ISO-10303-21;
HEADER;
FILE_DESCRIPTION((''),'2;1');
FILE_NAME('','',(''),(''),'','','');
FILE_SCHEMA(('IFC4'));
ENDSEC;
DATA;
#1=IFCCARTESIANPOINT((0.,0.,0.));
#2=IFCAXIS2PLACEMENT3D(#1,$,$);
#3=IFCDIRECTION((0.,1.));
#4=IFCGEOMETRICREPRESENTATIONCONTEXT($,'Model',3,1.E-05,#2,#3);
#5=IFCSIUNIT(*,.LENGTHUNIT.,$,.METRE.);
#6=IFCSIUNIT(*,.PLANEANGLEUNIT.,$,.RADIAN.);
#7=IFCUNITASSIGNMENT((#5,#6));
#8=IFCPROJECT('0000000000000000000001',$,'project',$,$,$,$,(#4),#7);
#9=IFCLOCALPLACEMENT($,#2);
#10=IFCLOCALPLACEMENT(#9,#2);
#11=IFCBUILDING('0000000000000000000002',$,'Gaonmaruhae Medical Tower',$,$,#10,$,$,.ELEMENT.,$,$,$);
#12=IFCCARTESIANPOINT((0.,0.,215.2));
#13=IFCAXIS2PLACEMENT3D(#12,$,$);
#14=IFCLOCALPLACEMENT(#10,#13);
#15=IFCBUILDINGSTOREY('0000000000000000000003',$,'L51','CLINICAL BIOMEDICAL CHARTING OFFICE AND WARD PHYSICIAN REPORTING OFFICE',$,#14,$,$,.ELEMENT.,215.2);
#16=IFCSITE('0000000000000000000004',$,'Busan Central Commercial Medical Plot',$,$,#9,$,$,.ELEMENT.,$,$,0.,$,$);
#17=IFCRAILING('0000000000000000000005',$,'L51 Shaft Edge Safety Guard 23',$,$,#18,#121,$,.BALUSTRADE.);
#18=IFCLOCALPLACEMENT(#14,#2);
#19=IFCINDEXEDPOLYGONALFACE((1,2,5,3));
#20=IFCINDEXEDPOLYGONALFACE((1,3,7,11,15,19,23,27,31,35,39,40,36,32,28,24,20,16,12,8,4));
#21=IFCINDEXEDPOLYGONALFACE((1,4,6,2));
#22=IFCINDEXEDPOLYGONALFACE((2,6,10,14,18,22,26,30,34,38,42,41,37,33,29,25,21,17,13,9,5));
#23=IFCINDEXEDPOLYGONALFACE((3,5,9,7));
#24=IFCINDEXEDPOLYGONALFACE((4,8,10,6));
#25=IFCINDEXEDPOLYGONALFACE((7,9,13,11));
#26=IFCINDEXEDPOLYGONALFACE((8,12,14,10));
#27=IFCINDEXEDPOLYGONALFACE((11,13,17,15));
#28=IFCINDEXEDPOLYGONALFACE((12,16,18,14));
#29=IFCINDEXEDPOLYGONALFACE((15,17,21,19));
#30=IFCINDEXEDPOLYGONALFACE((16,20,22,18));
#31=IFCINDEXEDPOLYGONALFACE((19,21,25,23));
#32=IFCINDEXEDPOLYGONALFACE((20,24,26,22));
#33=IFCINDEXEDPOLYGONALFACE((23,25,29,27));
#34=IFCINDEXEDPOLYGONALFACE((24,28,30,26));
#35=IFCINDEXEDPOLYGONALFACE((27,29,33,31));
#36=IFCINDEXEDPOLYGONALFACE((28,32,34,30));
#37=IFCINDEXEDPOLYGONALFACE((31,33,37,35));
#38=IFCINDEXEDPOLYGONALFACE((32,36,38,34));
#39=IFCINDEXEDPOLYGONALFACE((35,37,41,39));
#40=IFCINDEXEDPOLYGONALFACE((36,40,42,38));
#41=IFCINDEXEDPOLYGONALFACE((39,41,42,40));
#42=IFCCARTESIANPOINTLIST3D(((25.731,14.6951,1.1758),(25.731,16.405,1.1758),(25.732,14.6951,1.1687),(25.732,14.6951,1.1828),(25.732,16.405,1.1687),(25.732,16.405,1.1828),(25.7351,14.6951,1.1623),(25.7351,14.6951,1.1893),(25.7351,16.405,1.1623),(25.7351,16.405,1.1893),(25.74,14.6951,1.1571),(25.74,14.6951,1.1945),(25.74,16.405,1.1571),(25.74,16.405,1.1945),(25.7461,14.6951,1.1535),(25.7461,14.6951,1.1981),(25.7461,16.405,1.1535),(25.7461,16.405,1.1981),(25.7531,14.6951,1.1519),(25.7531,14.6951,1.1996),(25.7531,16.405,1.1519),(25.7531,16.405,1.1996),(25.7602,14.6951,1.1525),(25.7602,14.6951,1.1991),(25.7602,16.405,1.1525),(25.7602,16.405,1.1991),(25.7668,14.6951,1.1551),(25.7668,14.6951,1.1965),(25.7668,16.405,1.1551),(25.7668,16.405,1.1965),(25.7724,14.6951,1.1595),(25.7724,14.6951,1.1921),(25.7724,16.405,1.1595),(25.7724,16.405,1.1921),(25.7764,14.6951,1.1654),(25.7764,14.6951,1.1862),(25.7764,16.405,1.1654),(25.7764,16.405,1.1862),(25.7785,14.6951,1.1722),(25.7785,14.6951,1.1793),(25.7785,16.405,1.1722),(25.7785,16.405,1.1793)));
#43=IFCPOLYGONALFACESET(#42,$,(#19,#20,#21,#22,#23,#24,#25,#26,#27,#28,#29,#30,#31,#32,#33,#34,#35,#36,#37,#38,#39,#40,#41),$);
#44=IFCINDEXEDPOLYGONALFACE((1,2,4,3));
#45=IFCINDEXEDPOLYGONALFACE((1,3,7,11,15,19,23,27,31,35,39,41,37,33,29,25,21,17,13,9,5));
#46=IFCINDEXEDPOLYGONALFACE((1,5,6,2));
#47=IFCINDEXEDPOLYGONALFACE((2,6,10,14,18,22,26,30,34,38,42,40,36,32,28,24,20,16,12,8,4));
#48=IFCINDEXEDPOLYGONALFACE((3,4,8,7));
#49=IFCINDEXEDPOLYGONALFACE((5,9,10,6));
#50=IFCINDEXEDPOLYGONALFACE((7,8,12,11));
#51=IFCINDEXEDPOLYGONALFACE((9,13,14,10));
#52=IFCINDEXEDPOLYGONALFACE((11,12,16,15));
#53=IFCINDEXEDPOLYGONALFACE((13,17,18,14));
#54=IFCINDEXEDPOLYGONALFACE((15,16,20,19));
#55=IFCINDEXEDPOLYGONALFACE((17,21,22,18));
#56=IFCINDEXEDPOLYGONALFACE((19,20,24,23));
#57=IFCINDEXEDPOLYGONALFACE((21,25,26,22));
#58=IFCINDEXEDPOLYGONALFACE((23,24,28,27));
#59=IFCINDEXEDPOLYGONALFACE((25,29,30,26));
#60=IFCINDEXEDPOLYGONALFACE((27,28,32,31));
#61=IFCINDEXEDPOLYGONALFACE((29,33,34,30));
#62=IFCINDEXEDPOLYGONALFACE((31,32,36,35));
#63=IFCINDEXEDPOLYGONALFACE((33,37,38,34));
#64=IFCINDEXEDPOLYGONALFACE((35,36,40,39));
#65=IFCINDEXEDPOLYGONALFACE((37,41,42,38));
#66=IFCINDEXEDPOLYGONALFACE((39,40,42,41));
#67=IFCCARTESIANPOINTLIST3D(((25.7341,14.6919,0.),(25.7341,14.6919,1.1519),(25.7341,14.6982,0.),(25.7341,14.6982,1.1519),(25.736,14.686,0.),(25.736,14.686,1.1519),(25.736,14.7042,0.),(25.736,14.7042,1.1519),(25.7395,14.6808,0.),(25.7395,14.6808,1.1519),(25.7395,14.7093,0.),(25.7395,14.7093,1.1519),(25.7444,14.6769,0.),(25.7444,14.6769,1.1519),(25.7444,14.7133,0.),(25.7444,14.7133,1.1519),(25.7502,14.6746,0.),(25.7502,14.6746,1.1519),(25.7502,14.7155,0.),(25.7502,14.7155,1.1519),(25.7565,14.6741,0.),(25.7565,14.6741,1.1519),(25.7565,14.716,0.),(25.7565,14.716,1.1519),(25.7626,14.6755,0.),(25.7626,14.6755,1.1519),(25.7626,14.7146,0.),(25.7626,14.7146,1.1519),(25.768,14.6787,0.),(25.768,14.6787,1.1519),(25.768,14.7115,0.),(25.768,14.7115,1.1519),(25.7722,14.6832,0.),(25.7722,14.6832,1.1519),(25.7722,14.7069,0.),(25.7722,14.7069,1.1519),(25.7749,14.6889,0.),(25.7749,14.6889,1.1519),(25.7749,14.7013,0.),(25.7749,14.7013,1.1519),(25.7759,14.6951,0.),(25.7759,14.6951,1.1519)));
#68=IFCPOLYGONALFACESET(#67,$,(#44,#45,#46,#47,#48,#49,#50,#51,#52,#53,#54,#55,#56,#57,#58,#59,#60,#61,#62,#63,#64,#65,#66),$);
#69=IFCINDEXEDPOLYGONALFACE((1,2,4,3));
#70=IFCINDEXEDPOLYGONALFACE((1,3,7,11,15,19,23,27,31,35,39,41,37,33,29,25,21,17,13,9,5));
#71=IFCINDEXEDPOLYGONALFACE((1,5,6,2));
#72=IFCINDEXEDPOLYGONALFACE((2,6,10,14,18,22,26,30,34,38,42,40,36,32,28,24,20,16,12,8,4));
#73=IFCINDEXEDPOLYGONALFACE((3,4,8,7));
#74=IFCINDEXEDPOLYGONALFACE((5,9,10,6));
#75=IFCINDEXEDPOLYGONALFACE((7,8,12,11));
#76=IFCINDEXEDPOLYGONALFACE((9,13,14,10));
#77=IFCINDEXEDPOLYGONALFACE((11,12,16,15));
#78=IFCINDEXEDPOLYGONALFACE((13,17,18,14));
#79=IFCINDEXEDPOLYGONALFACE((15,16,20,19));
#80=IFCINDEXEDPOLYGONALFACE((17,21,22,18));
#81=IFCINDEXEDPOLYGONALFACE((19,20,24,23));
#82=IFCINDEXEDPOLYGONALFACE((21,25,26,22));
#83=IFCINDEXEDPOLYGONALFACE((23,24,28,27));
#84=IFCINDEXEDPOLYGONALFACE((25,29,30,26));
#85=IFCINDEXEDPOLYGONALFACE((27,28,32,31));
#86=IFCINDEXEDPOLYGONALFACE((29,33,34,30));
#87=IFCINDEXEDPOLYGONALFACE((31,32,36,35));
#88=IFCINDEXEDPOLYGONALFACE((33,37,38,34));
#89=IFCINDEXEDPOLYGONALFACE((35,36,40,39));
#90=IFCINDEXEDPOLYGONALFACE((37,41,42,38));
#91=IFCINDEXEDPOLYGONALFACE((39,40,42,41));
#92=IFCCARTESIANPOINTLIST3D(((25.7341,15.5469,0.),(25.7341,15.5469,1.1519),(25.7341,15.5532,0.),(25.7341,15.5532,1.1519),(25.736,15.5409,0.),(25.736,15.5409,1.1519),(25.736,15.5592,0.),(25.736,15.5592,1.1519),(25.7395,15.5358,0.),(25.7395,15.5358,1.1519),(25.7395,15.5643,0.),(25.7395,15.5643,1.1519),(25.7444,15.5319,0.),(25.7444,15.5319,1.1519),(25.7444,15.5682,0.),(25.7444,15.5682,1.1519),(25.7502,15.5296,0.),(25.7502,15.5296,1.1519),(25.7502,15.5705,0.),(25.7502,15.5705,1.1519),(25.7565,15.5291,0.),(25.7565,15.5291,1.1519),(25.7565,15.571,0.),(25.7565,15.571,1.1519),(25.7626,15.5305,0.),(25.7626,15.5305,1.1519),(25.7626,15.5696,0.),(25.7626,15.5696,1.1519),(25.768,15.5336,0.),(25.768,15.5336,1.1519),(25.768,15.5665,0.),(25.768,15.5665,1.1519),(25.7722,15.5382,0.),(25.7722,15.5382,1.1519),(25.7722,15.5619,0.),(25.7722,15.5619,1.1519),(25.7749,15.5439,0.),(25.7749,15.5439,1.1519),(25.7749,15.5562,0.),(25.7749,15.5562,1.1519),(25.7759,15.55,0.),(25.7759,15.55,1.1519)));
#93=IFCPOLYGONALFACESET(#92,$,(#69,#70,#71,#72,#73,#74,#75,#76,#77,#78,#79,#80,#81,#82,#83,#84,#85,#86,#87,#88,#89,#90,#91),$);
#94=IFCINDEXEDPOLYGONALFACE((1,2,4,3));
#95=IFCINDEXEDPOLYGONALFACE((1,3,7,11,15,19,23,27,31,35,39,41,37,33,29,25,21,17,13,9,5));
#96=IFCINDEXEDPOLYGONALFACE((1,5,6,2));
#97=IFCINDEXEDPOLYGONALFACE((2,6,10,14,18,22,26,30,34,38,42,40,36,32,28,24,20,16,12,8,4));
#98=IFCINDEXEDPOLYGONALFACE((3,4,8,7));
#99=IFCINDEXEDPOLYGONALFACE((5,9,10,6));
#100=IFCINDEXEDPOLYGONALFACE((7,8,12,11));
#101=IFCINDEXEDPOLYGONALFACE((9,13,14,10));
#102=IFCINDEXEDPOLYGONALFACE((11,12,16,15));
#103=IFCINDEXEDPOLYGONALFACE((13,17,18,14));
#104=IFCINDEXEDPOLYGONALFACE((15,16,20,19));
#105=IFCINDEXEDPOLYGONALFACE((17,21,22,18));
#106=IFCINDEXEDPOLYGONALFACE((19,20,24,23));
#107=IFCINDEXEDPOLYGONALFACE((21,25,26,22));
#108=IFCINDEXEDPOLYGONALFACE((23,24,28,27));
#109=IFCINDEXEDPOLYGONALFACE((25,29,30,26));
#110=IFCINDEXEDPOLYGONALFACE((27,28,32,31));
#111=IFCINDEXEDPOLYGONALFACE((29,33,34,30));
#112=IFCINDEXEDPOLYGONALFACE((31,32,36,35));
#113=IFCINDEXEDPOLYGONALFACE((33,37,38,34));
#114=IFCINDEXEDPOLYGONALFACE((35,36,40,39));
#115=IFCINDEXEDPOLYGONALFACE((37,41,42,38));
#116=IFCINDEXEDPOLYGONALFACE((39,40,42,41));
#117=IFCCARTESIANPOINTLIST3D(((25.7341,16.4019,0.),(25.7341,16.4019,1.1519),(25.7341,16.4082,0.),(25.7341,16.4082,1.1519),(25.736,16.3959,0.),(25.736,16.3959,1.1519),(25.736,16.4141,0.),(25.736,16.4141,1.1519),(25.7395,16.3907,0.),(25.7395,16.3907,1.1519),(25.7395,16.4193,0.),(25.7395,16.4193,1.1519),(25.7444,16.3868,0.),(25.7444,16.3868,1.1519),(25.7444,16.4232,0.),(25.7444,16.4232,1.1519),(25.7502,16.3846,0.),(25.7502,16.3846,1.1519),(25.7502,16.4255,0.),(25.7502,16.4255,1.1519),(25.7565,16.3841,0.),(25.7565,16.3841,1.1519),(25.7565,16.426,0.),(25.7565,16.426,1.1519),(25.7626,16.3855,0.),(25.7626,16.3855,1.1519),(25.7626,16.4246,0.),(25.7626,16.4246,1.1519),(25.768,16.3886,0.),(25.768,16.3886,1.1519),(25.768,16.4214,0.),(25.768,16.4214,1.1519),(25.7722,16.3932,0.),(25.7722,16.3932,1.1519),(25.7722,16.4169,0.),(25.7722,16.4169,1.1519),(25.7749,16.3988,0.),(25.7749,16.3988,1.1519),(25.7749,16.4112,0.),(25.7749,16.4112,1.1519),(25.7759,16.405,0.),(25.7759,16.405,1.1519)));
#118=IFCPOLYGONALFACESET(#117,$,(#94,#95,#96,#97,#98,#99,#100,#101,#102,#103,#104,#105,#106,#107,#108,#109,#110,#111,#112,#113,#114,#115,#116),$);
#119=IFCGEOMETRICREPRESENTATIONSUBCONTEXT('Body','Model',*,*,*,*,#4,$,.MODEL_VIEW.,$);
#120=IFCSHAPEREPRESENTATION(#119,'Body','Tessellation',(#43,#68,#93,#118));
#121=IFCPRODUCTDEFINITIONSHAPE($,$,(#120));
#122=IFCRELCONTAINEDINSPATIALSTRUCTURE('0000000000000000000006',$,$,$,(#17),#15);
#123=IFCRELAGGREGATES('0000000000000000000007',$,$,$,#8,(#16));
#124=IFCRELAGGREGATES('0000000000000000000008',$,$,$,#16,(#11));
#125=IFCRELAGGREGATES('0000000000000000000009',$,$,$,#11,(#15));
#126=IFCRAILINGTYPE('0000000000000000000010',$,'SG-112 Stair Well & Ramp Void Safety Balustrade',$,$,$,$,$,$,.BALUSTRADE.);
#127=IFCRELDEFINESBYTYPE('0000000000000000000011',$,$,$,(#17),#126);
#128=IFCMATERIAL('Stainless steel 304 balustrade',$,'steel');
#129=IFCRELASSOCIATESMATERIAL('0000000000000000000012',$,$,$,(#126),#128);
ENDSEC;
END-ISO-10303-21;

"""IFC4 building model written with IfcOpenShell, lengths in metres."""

from ifc_helpers import new_model, si_unit, direction, frame, origin, origin_2d, place, context, subcontext, project, spatial, circle, extrude, material, type_object, element, save


model = new_model("IFC4")

# Units and contexts
model_context = context("Model", 3, precision=1e-05, world=origin(), true_north=direction((0.0, 1.0)))
body_context = subcontext(model_context, "Body", "Model", "MODEL_VIEW")
ifc_project = project(units=[si_unit("LENGTHUNIT", "METRE"), si_unit("PLANEANGLEUNIT", "RADIAN")], contexts=[model_context])

# Site, building, storey
site_placement = place(None, origin())
site = spatial("IfcSite", under=ifc_project, at=site_placement, Name="Busan Central Commercial Medical Plot", CompositionType="ELEMENT", RefElevation=0.0)
building_placement = place(site_placement, origin())
building = spatial("IfcBuilding", under=site, at=building_placement, Name="Gaonmaruhae Medical Tower", CompositionType="ELEMENT")
storey_placement = place(building_placement, frame((0.0, 0.0, 215.2)))
storey = spatial("IfcBuildingStorey", under=building, at=storey_placement, Name="L51", Description="CLINICAL BIOMEDICAL CHARTING OFFICE AND WARD PHYSICIAN REPORTING OFFICE", CompositionType="ELEMENT", Elevation=215.2)

# Railing
ifc_material_1 = material(Name="Stainless steel 304 balustrade", Category="steel")
railing_type_1 = type_object("IfcRailingType", Name="SG-112 Stair Well & Ramp Void Safety Balustrade", PredefinedType="BALUSTRADE", material=ifc_material_1)
railing_1_placement = place(storey_placement, frame((25.7549, 14.6951, 0.0)))
element("IfcRailing", 1, at=railing_1_placement, inside=storey, type_object=railing_type_1, Name="L51 Shaft Edge Safety Guard 23", PredefinedType="BALUSTRADE", context=body_context, shape_type="SweptSolid", body=[
    extrude(circle(Radius=0.0239, at=origin_2d()), frame((0.0, 0.0, 1.1758), z_axis=(0.0, 1.0, 0.0), x_axis=(-1.0, 0.0, 0.0)), (0.0, 0.0, 1.0), 1.71),
    extrude(circle(Radius=0.021, at=origin_2d()), origin(), (0.0, 0.0, 1.0), 1.1519),
    extrude(circle(Radius=0.021, at=origin_2d()), frame((0.0, 0.855, 0.0)), (0.0, 0.0, 1.0), 1.1519),
    extrude(circle(Radius=0.021, at=origin_2d()), frame((0.0, 1.71, 0.0)), (0.0, 0.0, 1.0), 1.1519),
])

save(model, "model.ifc")
